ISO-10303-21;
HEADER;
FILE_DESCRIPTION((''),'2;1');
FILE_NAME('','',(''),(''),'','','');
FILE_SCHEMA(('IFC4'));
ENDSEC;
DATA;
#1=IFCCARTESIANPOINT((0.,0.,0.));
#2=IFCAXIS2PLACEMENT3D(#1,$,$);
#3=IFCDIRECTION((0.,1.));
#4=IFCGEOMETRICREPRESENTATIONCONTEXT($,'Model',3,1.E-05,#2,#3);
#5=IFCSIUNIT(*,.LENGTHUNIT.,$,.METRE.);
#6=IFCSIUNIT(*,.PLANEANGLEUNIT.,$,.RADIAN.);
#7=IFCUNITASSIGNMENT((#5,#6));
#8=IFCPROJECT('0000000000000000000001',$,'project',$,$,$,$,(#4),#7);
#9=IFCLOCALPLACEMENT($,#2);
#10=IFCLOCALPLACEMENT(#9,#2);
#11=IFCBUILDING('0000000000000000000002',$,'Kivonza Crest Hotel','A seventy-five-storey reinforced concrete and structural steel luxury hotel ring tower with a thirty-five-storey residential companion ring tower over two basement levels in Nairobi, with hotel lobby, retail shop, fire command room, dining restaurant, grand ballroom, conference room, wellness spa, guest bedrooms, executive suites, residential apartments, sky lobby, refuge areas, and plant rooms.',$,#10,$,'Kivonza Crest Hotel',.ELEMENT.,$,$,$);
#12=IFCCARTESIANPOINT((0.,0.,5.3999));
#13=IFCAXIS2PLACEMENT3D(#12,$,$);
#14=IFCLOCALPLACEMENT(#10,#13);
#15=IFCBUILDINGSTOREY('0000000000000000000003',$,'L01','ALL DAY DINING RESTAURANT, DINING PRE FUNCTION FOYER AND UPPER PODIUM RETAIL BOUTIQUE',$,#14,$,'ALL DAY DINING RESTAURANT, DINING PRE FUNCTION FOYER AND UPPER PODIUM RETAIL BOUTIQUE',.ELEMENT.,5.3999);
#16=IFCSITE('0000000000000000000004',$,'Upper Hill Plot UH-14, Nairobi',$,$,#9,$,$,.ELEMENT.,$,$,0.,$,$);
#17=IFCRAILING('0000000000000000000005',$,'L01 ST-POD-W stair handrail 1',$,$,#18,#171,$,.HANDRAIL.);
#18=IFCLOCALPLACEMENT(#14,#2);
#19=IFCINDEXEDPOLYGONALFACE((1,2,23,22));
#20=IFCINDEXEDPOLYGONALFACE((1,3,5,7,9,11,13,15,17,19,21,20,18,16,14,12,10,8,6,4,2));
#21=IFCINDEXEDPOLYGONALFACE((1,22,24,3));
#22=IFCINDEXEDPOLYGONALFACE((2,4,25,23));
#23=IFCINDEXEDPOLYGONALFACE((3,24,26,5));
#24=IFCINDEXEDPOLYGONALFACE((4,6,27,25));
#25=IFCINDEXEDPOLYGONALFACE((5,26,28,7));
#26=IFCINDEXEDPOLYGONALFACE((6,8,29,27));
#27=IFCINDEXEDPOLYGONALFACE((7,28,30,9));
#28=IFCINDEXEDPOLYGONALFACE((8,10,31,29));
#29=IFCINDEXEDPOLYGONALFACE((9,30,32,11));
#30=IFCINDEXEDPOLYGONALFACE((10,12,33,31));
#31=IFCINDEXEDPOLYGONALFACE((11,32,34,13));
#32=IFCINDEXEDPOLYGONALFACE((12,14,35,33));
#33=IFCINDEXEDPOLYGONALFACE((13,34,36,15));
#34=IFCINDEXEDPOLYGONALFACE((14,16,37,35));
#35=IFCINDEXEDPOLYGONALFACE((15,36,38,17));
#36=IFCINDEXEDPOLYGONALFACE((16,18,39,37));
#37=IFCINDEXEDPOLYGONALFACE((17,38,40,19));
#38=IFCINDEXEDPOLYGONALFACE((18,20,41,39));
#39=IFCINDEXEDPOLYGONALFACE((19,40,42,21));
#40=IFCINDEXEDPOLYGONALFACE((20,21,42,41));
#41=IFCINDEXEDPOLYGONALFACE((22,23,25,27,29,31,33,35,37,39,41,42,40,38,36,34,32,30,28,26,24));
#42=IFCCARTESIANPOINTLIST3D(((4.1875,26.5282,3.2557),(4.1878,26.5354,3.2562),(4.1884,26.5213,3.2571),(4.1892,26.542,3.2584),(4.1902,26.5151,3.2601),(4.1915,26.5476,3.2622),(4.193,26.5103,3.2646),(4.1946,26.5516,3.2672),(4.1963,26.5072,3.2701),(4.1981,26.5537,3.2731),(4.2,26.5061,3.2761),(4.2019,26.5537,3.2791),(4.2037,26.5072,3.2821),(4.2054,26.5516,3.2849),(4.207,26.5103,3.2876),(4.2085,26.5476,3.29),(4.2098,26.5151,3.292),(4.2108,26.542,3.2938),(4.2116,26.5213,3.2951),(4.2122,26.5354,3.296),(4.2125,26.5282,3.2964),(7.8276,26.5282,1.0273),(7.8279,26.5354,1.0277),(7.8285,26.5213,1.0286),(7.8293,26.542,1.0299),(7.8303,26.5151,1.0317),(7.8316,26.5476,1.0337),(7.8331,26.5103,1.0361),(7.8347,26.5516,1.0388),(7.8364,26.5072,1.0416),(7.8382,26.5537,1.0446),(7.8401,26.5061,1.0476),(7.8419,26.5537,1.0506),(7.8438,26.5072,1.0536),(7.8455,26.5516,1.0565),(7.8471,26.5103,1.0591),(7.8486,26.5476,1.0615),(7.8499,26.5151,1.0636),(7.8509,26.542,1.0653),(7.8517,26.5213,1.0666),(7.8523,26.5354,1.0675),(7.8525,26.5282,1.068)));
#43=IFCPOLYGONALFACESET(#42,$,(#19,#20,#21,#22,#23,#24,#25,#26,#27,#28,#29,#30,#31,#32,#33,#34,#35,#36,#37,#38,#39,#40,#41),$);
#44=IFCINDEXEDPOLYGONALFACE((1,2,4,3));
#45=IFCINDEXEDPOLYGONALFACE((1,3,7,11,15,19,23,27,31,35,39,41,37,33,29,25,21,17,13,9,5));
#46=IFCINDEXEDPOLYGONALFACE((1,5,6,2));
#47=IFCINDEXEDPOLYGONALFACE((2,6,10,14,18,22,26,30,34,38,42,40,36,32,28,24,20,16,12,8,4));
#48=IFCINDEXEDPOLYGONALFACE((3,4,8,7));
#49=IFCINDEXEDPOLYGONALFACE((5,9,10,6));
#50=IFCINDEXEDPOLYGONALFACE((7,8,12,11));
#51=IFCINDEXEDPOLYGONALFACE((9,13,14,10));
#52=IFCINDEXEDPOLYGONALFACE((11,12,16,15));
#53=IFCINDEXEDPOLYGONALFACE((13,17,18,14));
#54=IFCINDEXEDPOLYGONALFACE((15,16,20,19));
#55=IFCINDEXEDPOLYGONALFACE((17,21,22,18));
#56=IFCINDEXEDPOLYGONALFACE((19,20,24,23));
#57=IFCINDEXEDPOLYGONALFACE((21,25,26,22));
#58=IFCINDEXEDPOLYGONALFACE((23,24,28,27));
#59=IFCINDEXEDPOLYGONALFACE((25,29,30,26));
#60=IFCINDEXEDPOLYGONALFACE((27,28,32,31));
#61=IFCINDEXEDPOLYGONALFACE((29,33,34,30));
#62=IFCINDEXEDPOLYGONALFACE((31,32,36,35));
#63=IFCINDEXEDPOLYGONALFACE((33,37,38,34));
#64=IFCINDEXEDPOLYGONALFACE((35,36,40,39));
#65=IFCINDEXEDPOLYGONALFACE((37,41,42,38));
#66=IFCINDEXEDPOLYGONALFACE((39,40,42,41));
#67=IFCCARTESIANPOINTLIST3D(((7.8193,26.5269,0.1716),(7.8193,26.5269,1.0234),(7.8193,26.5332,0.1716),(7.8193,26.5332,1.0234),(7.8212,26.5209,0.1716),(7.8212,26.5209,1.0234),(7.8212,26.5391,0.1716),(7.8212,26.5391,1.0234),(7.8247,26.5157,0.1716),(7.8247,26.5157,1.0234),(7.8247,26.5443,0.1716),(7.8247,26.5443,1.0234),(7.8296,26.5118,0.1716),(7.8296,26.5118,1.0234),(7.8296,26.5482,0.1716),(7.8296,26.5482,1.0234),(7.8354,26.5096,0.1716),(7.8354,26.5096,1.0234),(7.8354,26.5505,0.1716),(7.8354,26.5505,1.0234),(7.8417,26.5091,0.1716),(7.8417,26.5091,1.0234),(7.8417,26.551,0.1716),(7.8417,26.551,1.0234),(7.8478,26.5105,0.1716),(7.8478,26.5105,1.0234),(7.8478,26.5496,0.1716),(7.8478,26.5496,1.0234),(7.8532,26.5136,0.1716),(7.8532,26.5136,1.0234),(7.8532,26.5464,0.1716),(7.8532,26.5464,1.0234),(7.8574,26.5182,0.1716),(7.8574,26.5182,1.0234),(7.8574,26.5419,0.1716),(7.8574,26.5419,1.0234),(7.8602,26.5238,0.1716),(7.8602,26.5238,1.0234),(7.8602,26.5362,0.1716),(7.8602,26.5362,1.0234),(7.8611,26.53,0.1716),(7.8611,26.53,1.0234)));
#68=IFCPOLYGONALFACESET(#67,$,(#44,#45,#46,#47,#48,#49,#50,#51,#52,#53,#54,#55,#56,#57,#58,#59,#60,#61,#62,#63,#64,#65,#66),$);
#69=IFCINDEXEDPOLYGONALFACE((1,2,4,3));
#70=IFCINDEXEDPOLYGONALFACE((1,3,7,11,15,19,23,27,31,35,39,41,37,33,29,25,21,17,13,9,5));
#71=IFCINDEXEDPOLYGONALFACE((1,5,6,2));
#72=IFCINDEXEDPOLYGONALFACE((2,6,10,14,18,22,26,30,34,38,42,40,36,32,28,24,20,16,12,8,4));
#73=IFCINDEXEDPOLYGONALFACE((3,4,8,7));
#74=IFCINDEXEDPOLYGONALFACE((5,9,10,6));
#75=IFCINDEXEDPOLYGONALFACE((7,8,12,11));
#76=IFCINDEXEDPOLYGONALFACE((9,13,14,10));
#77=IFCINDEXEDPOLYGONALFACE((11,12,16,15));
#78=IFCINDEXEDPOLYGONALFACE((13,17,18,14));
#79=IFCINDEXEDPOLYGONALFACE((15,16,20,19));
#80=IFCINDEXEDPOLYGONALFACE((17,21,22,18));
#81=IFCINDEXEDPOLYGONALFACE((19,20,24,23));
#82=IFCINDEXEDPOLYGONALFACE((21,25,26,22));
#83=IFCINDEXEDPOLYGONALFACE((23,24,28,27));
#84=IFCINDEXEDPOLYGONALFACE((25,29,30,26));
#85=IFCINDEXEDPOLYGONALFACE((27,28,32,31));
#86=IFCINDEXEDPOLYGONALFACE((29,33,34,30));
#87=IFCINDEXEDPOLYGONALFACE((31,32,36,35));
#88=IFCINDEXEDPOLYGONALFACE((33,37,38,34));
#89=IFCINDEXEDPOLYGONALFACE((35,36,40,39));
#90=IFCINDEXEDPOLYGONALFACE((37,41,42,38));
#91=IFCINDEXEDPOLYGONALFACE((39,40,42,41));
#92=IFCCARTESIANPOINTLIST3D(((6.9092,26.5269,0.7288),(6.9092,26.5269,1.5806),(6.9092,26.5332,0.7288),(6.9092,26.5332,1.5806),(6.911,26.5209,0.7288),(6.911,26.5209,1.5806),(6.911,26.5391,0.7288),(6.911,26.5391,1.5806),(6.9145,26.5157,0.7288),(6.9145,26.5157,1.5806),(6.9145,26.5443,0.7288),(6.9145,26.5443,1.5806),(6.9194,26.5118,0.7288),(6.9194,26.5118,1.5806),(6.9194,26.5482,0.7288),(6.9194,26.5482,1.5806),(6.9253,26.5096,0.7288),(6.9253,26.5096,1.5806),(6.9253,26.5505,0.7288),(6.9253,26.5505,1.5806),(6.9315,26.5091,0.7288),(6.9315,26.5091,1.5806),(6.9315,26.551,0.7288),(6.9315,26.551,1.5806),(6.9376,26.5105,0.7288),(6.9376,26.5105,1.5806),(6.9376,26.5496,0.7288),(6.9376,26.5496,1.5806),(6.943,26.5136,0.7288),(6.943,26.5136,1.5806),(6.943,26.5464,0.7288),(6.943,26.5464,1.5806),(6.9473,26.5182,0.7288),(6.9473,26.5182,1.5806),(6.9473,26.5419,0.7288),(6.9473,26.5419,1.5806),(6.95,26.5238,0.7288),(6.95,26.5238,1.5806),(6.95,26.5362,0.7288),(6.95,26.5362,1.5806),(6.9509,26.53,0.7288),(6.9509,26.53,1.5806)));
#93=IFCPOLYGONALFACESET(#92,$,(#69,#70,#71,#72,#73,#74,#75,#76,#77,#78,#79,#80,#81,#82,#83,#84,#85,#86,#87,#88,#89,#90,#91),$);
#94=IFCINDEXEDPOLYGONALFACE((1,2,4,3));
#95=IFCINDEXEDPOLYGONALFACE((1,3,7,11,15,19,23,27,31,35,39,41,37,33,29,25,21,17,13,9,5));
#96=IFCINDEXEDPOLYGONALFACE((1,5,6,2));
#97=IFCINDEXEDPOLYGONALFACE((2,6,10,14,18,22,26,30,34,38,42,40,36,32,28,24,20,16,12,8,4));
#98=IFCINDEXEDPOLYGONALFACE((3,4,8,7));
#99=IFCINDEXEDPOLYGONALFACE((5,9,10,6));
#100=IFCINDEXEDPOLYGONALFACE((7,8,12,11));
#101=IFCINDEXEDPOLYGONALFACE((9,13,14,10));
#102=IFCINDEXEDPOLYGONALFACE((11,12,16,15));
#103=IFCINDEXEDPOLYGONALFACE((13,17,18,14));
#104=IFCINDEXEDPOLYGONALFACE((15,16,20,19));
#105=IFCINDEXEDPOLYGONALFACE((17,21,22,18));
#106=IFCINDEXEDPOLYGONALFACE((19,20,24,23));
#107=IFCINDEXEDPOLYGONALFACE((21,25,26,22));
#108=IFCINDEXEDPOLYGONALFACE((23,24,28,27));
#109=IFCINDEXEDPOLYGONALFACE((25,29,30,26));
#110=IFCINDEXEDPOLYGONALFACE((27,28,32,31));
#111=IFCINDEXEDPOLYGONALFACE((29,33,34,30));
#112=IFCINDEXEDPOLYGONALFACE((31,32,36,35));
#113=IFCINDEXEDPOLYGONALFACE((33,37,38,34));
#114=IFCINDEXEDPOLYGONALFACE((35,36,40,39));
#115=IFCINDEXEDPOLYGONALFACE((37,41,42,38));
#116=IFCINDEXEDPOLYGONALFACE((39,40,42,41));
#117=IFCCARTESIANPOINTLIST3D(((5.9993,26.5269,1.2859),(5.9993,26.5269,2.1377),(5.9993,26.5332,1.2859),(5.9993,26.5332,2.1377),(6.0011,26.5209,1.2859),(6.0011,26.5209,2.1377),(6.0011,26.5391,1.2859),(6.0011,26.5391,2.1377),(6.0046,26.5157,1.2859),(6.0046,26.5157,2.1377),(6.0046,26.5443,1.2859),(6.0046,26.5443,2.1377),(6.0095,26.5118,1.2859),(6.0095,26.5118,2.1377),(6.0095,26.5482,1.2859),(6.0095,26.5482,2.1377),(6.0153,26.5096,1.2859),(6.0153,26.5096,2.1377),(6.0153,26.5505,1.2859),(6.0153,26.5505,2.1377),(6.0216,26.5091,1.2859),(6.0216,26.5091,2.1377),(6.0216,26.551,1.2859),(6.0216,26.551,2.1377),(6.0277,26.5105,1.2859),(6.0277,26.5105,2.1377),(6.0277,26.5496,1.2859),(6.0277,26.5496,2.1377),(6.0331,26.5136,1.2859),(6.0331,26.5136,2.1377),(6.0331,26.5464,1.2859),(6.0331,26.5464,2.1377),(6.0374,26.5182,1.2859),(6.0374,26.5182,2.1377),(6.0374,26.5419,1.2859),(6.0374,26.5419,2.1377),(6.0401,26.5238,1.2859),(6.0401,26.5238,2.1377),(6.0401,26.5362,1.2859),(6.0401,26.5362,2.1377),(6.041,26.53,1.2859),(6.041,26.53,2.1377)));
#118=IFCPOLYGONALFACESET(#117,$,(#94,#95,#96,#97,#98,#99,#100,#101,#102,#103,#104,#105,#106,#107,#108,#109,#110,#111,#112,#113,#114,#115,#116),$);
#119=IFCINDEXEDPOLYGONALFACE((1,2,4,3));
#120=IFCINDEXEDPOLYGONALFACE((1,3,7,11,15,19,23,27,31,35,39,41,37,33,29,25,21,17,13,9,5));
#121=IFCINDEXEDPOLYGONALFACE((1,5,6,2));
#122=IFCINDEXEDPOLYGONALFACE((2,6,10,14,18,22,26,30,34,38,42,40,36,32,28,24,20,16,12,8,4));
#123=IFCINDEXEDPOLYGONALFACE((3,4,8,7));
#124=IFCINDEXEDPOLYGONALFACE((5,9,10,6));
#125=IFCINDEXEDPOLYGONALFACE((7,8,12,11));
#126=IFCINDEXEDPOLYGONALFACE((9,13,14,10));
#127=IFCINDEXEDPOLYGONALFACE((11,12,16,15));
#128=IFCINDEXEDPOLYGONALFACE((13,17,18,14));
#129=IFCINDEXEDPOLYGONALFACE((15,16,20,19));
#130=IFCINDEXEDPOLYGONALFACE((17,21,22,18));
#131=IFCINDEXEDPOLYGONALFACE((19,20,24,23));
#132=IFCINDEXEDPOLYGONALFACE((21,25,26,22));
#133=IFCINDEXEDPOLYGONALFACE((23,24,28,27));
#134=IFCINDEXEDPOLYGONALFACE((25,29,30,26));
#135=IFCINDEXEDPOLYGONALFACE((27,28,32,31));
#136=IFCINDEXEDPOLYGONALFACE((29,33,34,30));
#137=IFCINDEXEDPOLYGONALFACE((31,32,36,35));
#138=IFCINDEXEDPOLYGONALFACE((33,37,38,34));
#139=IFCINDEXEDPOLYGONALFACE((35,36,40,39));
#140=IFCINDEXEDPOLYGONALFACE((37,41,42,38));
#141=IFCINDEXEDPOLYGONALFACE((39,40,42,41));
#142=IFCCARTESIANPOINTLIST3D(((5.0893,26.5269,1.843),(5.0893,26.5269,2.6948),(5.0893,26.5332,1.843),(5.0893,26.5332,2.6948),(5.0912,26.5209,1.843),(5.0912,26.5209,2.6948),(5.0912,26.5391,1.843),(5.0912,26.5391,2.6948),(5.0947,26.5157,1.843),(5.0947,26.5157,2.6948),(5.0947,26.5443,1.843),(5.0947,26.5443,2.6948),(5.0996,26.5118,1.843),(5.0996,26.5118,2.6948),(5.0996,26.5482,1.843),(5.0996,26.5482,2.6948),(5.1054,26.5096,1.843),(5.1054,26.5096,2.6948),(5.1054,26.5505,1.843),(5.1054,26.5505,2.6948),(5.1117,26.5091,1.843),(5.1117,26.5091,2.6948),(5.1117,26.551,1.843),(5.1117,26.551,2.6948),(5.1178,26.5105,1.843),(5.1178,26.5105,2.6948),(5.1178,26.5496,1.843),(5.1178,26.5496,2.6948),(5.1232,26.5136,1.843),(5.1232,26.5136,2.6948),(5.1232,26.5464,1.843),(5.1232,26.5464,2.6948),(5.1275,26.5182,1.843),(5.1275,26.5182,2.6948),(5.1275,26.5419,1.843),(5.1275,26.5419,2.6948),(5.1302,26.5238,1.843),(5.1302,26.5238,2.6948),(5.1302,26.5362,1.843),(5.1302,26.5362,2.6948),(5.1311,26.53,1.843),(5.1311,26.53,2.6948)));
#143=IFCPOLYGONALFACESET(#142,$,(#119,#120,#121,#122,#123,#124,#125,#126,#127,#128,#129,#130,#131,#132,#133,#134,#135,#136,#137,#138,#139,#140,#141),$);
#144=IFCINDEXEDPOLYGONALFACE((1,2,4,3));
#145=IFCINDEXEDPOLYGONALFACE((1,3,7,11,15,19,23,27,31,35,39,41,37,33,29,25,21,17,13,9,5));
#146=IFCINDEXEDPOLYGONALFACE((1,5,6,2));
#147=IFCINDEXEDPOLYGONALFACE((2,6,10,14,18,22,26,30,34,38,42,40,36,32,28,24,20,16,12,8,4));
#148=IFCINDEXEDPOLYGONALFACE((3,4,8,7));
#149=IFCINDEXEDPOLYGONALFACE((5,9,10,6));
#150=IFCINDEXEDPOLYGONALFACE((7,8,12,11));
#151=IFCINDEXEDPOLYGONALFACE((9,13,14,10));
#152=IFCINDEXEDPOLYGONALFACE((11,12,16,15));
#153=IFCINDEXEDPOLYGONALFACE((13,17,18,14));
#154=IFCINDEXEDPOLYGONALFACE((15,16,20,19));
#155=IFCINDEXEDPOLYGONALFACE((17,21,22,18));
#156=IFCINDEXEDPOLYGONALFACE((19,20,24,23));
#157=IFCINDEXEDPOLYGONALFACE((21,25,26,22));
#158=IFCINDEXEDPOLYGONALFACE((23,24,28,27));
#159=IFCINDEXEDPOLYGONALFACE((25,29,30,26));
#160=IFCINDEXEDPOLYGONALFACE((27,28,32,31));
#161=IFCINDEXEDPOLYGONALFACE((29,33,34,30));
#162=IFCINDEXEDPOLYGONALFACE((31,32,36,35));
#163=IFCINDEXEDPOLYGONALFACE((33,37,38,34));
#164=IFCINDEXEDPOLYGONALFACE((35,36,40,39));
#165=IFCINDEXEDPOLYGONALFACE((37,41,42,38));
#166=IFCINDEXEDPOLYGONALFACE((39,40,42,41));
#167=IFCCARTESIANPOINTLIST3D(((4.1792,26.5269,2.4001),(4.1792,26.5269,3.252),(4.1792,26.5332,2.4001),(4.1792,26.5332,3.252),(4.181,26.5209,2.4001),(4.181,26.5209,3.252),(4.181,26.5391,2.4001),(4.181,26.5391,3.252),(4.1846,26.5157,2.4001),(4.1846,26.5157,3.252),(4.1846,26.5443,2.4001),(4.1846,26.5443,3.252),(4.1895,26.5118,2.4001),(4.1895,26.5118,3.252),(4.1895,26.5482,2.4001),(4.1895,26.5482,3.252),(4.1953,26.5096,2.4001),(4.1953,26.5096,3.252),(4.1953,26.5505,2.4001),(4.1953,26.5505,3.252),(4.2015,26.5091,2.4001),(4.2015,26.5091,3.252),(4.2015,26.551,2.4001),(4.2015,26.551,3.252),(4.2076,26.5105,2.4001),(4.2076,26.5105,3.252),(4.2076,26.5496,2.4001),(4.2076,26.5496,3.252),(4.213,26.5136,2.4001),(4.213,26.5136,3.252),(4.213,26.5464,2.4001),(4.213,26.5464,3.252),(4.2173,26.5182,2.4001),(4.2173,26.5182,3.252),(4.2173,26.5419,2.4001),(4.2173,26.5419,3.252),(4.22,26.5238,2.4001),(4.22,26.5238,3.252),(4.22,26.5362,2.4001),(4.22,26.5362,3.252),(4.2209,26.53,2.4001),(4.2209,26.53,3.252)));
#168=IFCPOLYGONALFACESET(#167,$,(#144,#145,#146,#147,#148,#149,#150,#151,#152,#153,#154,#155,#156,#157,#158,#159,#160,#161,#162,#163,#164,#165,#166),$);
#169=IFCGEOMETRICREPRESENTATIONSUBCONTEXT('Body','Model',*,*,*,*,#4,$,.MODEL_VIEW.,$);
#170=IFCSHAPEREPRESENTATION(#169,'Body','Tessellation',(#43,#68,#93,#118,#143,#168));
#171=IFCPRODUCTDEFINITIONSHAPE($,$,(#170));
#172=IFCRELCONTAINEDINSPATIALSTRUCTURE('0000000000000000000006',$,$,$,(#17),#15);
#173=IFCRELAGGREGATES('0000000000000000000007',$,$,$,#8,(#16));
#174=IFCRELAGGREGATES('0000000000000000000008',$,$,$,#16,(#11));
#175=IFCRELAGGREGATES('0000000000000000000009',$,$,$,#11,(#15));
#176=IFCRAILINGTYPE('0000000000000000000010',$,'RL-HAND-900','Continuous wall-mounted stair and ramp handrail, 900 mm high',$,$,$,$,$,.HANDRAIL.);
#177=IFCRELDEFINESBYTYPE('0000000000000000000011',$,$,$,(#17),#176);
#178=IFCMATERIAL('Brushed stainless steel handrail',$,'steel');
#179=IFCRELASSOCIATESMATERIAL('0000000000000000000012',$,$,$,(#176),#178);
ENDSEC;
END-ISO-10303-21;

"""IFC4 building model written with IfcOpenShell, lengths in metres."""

from ifc_helpers import new_model, si_unit, direction, frame, origin, origin_2d, place, context, subcontext, project, spatial, circle, extrude, material, type_object, element, save


model = new_model("IFC4")

# Units and contexts
model_context = context("Model", 3, precision=1e-05, world=origin(), true_north=direction((0.0, 1.0)))
body_context = subcontext(model_context, "Body", "Model", "MODEL_VIEW")
ifc_project = project(units=[si_unit("LENGTHUNIT", "METRE"), si_unit("PLANEANGLEUNIT", "RADIAN")], contexts=[model_context])

# Site, building, storey
site_placement = place(None, origin())
site = spatial("IfcSite", under=ifc_project, at=site_placement, Name="Upper Hill Plot UH-14, Nairobi", CompositionType="ELEMENT", RefElevation=0.0)
building_placement = place(site_placement, origin())
building = spatial("IfcBuilding", under=site, at=building_placement, Name="Kivonza Crest Hotel", Description="A seventy-five-storey reinforced concrete and structural steel luxury hotel ring tower with a thirty-five-storey residential companion ring tower over two basement levels in Nairobi, with hotel lobby, retail shop, fire command room, dining restaurant, grand ballroom, conference room, wellness spa, guest bedrooms, executive suites, residential apartments, sky lobby, refuge areas, and plant rooms.", LongName="Kivonza Crest Hotel", CompositionType="ELEMENT")
storey_placement = place(building_placement, frame((0.0, 0.0, 5.3999)))
storey = spatial("IfcBuildingStorey", under=building, at=storey_placement, Name="L01", Description="ALL DAY DINING RESTAURANT, DINING PRE FUNCTION FOYER AND UPPER PODIUM RETAIL BOUTIQUE", LongName="ALL DAY DINING RESTAURANT, DINING PRE FUNCTION FOYER AND UPPER PODIUM RETAIL BOUTIQUE", CompositionType="ELEMENT", Elevation=5.3999)

# Railing
ifc_material_1 = material(Name="Brushed stainless steel handrail", Category="steel")
railing_type_1 = type_object("IfcRailingType", Name="RL-HAND-900", Description="Continuous wall-mounted stair and ramp handrail, 900 mm high", PredefinedType="HANDRAIL", material=ifc_material_1)
railing_1_placement = place(storey_placement, frame((7.8401, 26.53, 0.1716)))
element("IfcRailing", 1, at=railing_1_placement, inside=storey, type_object=railing_type_1, Name="L01 ST-POD-W stair handrail 1", PredefinedType="HANDRAIL", context=body_context, shape_type="SweptSolid", body=[
    extrude(circle(Radius=0.0239, at=origin_2d()), frame((0.0, 0.0, 0.876), z_axis=(-0.852866, 0.0, 0.52213), x_axis=(0.0, -1.0, 0.0)), (0.0, 0.0, 1.0), 4.2681),
    extrude(circle(Radius=0.021, at=origin_2d()), origin(), (0.0, 0.0, 1.0), 0.8518),
    extrude(circle(Radius=0.021, at=origin_2d()), frame((-0.9102, 0.0, 0.5571)), (0.0, 0.0, 1.0), 0.8518),
    extrude(circle(Radius=0.021, at=origin_2d()), frame((-1.8201, 0.0, 1.1143)), (0.0, 0.0, 1.0), 0.8518),
    extrude(circle(Radius=0.021, at=origin_2d()), frame((-2.73, 0.0, 1.6714)), (0.0, 0.0, 1.0), 0.8518),
    extrude(circle(Radius=0.021, at=origin_2d()), frame((-3.6401, 0.0, 2.2285)), (0.0, 0.0, 1.0), 0.8518),
])

save(model, "model.ifc")
